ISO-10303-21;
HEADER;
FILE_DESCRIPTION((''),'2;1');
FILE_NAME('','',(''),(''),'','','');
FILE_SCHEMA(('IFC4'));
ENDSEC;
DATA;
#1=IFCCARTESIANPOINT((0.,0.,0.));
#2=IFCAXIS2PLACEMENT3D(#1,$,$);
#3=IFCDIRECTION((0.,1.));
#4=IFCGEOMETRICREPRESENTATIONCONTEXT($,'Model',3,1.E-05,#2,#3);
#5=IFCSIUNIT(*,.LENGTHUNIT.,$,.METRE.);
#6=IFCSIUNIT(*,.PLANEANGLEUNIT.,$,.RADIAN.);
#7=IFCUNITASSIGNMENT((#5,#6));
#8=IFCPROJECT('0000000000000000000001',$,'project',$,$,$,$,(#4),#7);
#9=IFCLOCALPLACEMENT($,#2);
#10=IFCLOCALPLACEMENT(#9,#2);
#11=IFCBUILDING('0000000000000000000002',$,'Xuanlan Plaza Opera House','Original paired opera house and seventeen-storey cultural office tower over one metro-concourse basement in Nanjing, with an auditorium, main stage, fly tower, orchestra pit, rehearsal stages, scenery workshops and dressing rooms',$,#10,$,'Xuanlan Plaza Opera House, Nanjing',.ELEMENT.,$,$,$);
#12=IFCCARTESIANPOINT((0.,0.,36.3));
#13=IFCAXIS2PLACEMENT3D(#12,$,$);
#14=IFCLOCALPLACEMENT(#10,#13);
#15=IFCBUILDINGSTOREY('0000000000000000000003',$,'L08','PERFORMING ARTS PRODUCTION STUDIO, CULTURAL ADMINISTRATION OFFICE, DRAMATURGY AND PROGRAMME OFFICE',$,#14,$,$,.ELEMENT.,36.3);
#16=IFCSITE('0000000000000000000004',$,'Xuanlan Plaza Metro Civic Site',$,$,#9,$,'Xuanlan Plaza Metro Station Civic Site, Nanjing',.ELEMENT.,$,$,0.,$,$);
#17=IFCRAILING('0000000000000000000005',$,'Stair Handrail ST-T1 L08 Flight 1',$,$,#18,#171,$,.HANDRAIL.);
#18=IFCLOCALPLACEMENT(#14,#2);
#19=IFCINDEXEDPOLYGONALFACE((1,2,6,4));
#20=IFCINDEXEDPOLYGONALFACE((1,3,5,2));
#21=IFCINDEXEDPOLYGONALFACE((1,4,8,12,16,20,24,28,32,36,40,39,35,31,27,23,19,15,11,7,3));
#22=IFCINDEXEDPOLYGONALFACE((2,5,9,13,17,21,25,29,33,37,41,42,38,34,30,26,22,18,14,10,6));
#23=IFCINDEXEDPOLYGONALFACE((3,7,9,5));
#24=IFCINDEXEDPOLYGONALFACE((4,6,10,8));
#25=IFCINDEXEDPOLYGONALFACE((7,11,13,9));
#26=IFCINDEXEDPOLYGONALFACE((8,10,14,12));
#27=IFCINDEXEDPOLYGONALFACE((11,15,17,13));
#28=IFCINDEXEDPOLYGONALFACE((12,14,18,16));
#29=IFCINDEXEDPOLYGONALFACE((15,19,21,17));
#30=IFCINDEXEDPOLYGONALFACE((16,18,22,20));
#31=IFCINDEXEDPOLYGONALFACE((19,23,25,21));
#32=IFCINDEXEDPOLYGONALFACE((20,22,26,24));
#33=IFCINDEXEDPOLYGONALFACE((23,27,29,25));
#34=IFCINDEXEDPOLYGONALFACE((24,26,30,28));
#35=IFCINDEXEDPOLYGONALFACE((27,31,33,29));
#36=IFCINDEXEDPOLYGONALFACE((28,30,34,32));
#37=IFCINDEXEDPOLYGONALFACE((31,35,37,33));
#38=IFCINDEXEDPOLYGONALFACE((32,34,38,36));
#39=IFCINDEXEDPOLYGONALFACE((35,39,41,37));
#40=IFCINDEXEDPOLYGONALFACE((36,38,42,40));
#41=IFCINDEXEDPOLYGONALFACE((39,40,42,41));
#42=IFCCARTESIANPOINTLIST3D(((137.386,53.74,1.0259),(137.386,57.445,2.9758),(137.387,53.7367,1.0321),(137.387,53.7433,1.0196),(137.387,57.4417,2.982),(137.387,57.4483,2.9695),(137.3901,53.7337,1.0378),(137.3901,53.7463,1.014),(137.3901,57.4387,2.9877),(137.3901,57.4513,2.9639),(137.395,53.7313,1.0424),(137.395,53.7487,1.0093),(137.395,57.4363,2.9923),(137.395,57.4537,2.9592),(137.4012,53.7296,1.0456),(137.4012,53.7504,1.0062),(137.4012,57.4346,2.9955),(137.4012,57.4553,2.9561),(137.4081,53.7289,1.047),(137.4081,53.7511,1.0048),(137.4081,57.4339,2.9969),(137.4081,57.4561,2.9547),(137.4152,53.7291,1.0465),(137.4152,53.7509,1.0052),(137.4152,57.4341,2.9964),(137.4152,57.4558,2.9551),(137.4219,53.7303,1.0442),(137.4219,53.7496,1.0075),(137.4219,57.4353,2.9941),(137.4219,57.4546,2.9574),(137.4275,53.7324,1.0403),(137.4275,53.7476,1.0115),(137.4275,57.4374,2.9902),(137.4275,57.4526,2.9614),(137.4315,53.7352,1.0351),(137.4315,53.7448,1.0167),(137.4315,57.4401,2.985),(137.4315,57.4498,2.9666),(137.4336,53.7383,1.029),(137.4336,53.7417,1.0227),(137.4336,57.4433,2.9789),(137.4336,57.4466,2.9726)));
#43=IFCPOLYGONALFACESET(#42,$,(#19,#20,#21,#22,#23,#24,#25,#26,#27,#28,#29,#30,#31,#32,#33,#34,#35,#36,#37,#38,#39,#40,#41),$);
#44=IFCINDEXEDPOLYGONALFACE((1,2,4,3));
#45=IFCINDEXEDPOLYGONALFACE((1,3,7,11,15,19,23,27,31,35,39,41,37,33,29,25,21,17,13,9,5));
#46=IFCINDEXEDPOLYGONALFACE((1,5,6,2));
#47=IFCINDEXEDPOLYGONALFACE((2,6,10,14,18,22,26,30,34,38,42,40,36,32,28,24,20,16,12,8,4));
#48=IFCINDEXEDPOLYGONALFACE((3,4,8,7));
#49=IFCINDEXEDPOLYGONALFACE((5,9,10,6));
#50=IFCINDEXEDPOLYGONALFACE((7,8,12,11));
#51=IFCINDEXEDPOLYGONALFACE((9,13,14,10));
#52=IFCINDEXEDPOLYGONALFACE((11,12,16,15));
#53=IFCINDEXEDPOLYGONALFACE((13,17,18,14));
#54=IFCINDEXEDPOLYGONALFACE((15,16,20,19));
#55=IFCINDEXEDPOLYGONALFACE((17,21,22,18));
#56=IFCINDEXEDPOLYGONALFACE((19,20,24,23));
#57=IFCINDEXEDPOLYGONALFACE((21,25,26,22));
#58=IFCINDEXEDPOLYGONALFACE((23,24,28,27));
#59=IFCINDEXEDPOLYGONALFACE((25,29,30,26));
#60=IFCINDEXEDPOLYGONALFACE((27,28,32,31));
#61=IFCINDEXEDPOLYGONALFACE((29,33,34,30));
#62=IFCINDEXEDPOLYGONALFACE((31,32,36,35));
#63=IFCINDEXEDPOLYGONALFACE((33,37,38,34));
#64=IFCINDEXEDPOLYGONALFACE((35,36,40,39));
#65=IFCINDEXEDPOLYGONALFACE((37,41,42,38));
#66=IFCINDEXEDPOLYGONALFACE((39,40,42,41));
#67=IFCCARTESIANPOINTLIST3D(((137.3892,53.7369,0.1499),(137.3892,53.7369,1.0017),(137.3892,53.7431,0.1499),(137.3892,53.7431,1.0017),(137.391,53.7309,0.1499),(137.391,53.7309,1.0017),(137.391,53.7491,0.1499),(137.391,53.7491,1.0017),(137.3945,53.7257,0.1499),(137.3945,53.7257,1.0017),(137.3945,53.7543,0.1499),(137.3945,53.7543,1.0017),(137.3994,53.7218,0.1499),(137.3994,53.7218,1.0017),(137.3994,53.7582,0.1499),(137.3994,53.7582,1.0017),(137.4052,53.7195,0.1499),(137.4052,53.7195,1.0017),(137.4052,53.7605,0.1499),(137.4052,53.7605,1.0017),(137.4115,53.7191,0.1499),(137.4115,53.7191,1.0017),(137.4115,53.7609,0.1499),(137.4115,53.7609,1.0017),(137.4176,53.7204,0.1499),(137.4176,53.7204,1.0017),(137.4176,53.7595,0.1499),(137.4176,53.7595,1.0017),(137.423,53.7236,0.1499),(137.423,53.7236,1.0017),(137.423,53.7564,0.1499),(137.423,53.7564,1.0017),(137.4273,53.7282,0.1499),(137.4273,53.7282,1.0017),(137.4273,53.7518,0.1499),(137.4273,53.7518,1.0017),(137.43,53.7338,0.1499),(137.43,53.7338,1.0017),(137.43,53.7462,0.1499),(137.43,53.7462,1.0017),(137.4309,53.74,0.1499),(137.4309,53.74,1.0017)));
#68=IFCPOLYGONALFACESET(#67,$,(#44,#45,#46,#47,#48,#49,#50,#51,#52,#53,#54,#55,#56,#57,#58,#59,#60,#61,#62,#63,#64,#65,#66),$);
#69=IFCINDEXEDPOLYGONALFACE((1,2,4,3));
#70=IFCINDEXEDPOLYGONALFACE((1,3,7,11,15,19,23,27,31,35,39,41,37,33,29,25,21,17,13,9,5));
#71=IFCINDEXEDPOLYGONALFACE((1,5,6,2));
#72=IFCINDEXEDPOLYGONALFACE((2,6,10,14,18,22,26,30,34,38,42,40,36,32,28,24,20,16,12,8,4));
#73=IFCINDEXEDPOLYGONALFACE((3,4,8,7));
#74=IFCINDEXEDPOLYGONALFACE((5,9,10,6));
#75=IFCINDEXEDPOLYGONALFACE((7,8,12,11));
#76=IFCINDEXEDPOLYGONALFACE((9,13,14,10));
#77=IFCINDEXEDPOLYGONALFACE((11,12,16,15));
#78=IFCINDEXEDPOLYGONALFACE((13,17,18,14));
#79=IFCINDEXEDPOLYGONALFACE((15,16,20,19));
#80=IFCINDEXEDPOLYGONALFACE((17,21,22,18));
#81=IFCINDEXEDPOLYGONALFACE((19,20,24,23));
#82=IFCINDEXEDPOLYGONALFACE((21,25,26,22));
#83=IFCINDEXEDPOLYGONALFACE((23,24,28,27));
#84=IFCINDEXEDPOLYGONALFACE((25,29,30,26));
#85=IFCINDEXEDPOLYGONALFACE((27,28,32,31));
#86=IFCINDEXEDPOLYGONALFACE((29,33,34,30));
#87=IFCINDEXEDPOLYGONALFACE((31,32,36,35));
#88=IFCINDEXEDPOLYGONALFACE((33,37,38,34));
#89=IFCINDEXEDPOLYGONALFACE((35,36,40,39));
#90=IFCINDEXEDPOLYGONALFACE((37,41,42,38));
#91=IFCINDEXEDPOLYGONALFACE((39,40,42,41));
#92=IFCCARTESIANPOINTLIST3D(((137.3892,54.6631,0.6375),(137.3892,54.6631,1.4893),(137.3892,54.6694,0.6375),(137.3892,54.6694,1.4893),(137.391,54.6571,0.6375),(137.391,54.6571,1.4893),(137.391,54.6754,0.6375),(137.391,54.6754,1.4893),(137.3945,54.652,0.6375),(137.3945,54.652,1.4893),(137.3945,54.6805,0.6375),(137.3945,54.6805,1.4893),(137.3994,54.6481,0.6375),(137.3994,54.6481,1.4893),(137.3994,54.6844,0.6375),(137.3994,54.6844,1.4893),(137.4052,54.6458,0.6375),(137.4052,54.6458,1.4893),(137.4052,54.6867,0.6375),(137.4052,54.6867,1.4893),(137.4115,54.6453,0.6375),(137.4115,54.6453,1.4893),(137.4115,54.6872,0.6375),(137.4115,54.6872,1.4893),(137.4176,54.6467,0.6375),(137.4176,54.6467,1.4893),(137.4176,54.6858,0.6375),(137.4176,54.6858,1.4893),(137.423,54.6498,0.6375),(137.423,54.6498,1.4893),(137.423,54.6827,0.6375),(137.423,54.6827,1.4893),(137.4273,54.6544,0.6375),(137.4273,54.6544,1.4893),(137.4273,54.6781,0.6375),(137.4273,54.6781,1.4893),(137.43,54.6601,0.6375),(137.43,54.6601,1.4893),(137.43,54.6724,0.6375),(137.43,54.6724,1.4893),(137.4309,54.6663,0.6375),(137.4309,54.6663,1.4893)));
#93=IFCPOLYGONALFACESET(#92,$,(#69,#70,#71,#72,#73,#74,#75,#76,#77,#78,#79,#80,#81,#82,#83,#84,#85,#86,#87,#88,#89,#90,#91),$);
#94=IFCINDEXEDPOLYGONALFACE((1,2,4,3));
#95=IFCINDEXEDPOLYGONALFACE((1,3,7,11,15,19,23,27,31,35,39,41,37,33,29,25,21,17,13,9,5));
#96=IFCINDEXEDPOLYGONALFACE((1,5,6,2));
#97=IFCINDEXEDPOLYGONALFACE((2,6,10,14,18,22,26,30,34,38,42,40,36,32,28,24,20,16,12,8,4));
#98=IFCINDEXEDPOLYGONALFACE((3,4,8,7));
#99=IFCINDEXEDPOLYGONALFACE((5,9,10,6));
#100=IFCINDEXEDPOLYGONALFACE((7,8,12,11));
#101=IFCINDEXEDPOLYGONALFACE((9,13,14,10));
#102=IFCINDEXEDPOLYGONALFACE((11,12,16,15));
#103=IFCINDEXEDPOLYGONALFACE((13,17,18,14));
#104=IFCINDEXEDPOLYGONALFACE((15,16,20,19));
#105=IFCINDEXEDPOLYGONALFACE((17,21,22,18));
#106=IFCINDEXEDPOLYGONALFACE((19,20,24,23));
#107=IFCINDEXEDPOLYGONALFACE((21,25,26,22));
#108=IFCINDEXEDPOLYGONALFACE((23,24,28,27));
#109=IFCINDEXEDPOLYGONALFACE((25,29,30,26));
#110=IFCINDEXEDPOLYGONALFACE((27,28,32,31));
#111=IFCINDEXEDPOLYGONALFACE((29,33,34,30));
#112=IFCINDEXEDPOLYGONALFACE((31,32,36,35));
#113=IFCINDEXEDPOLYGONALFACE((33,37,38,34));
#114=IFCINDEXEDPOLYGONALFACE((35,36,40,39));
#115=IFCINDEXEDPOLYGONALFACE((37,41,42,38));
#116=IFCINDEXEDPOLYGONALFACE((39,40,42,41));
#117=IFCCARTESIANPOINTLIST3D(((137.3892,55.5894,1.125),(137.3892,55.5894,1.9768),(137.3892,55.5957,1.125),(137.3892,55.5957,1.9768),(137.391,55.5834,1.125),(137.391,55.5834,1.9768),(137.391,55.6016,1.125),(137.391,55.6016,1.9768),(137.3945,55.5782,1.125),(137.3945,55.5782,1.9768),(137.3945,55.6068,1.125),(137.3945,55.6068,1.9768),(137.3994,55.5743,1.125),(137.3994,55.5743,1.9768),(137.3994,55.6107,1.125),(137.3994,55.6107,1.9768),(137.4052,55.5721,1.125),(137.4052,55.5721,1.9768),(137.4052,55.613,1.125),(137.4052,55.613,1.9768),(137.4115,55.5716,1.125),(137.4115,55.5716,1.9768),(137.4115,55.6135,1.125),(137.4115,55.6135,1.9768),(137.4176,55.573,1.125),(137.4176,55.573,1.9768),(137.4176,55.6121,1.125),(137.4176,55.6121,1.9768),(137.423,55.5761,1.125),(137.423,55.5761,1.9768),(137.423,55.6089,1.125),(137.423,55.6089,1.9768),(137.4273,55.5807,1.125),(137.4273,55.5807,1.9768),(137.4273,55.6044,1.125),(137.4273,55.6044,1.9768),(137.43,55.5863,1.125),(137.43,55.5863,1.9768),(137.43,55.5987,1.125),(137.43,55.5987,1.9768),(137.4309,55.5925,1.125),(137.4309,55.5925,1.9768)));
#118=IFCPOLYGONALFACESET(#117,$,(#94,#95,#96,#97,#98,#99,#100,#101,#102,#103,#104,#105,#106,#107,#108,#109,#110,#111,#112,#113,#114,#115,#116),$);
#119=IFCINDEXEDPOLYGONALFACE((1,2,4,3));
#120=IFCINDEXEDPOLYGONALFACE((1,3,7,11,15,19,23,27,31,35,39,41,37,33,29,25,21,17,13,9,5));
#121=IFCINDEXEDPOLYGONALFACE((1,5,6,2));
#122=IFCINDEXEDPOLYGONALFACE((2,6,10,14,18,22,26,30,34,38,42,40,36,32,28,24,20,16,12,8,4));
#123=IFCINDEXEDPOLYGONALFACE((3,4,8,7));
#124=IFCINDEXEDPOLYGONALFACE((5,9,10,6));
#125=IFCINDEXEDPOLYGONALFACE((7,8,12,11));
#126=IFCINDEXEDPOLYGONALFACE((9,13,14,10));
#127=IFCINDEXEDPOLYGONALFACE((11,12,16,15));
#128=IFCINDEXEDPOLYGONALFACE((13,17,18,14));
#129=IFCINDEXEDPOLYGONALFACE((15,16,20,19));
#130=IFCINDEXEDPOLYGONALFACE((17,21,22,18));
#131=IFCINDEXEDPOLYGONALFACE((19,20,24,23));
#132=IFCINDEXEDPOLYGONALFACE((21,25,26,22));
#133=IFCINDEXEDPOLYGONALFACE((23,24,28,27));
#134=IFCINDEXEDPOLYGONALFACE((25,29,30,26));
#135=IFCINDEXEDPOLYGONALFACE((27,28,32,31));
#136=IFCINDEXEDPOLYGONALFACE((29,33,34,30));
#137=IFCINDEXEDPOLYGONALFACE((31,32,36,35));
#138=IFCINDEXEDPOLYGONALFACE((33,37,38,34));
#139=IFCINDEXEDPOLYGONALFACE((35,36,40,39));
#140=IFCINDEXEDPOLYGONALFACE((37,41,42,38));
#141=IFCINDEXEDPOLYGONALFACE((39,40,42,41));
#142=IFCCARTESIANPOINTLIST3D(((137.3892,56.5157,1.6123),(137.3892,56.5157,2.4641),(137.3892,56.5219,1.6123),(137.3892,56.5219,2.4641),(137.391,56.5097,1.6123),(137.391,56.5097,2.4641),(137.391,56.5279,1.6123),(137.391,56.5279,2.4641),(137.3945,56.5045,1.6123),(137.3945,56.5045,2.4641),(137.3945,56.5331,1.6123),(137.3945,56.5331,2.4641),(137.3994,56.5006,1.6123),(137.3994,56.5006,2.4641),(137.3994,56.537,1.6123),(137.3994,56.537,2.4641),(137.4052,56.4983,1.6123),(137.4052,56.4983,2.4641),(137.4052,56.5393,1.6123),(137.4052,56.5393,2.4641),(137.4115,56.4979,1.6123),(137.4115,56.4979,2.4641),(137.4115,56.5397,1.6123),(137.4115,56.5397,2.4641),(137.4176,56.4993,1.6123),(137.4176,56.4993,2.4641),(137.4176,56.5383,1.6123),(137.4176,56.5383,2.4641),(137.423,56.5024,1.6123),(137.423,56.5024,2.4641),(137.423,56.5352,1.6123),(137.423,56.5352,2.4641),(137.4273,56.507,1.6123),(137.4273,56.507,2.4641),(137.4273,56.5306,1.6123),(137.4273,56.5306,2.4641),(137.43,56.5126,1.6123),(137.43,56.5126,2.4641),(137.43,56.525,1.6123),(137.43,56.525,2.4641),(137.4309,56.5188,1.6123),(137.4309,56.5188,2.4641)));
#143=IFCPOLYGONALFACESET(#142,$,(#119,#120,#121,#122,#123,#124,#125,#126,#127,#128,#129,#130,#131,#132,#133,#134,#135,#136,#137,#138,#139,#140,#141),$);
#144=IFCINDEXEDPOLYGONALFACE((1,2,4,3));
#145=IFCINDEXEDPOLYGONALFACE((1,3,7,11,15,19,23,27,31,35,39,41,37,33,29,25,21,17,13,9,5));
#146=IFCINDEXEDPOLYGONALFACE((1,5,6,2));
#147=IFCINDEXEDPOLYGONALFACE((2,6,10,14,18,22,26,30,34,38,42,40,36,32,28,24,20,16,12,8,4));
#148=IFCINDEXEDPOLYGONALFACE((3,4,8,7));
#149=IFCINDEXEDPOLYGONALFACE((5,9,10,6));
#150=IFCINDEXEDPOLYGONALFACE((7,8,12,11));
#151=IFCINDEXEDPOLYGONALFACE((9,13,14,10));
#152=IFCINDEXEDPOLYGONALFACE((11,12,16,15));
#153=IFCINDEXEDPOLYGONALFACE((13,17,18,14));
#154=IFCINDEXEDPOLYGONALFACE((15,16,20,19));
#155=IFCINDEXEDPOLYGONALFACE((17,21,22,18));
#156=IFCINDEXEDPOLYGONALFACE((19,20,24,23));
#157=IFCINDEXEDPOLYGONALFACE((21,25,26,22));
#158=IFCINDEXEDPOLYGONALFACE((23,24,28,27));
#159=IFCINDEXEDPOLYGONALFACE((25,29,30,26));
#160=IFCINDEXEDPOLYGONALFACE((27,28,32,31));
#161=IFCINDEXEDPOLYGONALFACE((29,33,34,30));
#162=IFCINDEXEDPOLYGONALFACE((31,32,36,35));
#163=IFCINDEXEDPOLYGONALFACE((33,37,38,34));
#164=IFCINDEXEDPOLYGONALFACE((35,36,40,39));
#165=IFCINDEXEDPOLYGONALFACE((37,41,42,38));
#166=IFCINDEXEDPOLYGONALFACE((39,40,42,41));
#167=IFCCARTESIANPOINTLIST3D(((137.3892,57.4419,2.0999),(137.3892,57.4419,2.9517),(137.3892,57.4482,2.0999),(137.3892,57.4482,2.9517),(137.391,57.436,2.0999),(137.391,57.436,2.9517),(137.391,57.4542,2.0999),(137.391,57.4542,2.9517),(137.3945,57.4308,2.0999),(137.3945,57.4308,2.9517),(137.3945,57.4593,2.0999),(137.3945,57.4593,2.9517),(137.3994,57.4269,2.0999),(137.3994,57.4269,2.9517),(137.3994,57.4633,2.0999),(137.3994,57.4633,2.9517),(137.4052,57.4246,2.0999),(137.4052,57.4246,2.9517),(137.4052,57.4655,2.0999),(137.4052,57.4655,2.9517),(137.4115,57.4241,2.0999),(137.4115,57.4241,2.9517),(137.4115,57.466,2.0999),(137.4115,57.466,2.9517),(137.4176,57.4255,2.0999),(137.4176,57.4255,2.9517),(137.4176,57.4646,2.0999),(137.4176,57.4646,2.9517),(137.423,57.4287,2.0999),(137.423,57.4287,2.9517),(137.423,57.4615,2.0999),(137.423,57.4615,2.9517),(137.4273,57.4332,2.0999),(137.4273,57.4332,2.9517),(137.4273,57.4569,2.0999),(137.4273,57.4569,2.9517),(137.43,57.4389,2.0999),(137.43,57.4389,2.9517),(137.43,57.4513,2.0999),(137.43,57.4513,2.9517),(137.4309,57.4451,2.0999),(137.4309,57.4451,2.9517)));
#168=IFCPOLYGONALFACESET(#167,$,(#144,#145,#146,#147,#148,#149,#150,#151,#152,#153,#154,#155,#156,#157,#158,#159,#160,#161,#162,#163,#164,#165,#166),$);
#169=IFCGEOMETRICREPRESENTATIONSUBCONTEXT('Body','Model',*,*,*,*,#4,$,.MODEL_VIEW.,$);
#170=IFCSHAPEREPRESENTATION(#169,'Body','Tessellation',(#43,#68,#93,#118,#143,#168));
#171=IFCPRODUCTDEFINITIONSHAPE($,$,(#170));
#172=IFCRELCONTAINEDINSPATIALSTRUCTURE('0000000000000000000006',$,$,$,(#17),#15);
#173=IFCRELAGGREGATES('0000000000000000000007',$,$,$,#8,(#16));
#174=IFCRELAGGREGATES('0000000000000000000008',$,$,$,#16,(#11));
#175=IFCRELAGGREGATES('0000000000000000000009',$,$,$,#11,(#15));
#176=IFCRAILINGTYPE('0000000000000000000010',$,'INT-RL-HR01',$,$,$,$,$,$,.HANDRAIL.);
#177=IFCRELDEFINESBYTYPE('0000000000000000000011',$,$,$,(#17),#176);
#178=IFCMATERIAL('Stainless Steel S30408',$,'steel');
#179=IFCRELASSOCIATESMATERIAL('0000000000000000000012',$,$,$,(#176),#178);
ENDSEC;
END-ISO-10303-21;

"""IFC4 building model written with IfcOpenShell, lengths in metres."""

from ifc_helpers import new_model, si_unit, direction, frame, origin, origin_2d, place, context, subcontext, project, spatial, circle, extrude, material, type_object, element, save


model = new_model("IFC4")

# Units and contexts
model_context = context("Model", 3, precision=1e-05, world=origin(), true_north=direction((0.0, 1.0)))
body_context = subcontext(model_context, "Body", "Model", "MODEL_VIEW")
ifc_project = project(units=[si_unit("LENGTHUNIT", "METRE"), si_unit("PLANEANGLEUNIT", "RADIAN")], contexts=[model_context])

# Site, building, storey
site_placement = place(None, origin())
site = spatial("IfcSite", under=ifc_project, at=site_placement, Name="Xuanlan Plaza Metro Civic Site", LongName="Xuanlan Plaza Metro Station Civic Site, Nanjing", CompositionType="ELEMENT", RefElevation=0.0)
building_placement = place(site_placement, origin())
building = spatial("IfcBuilding", under=site, at=building_placement, Name="Xuanlan Plaza Opera House", Description="Original paired opera house and seventeen-storey cultural office tower over one metro-concourse basement in Nanjing, with an auditorium, main stage, fly tower, orchestra pit, rehearsal stages, scenery workshops and dressing rooms", LongName="Xuanlan Plaza Opera House, Nanjing", CompositionType="ELEMENT")
storey_placement = place(building_placement, frame((0.0, 0.0, 36.3)))
storey = spatial("IfcBuildingStorey", under=building, at=storey_placement, Name="L08", Description="PERFORMING ARTS PRODUCTION STUDIO, CULTURAL ADMINISTRATION OFFICE, DRAMATURGY AND PROGRAMME OFFICE", CompositionType="ELEMENT", Elevation=36.3)

# Shared definitions
ifc_material_1 = material(Name="Stainless Steel S30408", Category="steel")

# Railing
railing_type = type_object("IfcRailingType", Name="INT-RL-HR01", PredefinedType="HANDRAIL", material=ifc_material_1)
railing_placement = place(storey_placement, frame((137.4099, 53.74, 0.1499)))
element("IfcRailing", 1, at=railing_placement, inside=storey, type_object=railing_type, Name="Stair Handrail ST-T1 L08 Flight 1", PredefinedType="HANDRAIL", context=body_context, shape_type="SweptSolid", body=[
    extrude(circle(Radius=0.0239, at=origin_2d()), frame((0.0, 0.0, 0.876), z_axis=(0.0, 0.884927, 0.46573), x_axis=(-1.0, 0.0, 0.0)), (0.0, 0.0, 1.0), 4.1868),
    extrude(circle(Radius=0.021, at=origin_2d()), origin(), (0.0, 0.0, 1.0), 0.8518),
    extrude(circle(Radius=0.021, at=origin_2d()), frame((0.0, 0.9263, 0.4875)), (0.0, 0.0, 1.0), 0.8518),
    extrude(circle(Radius=0.021, at=origin_2d()), frame((0.0, 1.8525, 0.9751)), (0.0, 0.0, 1.0), 0.8518),
    extrude(circle(Radius=0.021, at=origin_2d()), frame((0.0, 2.7788, 1.4624)), (0.0, 0.0, 1.0), 0.8518),
    extrude(circle(Radius=0.021, at=origin_2d()), frame((0.0, 3.7051, 1.95)), (0.0, 0.0, 1.0), 0.8518),
])

save(model, "model.ifc")
